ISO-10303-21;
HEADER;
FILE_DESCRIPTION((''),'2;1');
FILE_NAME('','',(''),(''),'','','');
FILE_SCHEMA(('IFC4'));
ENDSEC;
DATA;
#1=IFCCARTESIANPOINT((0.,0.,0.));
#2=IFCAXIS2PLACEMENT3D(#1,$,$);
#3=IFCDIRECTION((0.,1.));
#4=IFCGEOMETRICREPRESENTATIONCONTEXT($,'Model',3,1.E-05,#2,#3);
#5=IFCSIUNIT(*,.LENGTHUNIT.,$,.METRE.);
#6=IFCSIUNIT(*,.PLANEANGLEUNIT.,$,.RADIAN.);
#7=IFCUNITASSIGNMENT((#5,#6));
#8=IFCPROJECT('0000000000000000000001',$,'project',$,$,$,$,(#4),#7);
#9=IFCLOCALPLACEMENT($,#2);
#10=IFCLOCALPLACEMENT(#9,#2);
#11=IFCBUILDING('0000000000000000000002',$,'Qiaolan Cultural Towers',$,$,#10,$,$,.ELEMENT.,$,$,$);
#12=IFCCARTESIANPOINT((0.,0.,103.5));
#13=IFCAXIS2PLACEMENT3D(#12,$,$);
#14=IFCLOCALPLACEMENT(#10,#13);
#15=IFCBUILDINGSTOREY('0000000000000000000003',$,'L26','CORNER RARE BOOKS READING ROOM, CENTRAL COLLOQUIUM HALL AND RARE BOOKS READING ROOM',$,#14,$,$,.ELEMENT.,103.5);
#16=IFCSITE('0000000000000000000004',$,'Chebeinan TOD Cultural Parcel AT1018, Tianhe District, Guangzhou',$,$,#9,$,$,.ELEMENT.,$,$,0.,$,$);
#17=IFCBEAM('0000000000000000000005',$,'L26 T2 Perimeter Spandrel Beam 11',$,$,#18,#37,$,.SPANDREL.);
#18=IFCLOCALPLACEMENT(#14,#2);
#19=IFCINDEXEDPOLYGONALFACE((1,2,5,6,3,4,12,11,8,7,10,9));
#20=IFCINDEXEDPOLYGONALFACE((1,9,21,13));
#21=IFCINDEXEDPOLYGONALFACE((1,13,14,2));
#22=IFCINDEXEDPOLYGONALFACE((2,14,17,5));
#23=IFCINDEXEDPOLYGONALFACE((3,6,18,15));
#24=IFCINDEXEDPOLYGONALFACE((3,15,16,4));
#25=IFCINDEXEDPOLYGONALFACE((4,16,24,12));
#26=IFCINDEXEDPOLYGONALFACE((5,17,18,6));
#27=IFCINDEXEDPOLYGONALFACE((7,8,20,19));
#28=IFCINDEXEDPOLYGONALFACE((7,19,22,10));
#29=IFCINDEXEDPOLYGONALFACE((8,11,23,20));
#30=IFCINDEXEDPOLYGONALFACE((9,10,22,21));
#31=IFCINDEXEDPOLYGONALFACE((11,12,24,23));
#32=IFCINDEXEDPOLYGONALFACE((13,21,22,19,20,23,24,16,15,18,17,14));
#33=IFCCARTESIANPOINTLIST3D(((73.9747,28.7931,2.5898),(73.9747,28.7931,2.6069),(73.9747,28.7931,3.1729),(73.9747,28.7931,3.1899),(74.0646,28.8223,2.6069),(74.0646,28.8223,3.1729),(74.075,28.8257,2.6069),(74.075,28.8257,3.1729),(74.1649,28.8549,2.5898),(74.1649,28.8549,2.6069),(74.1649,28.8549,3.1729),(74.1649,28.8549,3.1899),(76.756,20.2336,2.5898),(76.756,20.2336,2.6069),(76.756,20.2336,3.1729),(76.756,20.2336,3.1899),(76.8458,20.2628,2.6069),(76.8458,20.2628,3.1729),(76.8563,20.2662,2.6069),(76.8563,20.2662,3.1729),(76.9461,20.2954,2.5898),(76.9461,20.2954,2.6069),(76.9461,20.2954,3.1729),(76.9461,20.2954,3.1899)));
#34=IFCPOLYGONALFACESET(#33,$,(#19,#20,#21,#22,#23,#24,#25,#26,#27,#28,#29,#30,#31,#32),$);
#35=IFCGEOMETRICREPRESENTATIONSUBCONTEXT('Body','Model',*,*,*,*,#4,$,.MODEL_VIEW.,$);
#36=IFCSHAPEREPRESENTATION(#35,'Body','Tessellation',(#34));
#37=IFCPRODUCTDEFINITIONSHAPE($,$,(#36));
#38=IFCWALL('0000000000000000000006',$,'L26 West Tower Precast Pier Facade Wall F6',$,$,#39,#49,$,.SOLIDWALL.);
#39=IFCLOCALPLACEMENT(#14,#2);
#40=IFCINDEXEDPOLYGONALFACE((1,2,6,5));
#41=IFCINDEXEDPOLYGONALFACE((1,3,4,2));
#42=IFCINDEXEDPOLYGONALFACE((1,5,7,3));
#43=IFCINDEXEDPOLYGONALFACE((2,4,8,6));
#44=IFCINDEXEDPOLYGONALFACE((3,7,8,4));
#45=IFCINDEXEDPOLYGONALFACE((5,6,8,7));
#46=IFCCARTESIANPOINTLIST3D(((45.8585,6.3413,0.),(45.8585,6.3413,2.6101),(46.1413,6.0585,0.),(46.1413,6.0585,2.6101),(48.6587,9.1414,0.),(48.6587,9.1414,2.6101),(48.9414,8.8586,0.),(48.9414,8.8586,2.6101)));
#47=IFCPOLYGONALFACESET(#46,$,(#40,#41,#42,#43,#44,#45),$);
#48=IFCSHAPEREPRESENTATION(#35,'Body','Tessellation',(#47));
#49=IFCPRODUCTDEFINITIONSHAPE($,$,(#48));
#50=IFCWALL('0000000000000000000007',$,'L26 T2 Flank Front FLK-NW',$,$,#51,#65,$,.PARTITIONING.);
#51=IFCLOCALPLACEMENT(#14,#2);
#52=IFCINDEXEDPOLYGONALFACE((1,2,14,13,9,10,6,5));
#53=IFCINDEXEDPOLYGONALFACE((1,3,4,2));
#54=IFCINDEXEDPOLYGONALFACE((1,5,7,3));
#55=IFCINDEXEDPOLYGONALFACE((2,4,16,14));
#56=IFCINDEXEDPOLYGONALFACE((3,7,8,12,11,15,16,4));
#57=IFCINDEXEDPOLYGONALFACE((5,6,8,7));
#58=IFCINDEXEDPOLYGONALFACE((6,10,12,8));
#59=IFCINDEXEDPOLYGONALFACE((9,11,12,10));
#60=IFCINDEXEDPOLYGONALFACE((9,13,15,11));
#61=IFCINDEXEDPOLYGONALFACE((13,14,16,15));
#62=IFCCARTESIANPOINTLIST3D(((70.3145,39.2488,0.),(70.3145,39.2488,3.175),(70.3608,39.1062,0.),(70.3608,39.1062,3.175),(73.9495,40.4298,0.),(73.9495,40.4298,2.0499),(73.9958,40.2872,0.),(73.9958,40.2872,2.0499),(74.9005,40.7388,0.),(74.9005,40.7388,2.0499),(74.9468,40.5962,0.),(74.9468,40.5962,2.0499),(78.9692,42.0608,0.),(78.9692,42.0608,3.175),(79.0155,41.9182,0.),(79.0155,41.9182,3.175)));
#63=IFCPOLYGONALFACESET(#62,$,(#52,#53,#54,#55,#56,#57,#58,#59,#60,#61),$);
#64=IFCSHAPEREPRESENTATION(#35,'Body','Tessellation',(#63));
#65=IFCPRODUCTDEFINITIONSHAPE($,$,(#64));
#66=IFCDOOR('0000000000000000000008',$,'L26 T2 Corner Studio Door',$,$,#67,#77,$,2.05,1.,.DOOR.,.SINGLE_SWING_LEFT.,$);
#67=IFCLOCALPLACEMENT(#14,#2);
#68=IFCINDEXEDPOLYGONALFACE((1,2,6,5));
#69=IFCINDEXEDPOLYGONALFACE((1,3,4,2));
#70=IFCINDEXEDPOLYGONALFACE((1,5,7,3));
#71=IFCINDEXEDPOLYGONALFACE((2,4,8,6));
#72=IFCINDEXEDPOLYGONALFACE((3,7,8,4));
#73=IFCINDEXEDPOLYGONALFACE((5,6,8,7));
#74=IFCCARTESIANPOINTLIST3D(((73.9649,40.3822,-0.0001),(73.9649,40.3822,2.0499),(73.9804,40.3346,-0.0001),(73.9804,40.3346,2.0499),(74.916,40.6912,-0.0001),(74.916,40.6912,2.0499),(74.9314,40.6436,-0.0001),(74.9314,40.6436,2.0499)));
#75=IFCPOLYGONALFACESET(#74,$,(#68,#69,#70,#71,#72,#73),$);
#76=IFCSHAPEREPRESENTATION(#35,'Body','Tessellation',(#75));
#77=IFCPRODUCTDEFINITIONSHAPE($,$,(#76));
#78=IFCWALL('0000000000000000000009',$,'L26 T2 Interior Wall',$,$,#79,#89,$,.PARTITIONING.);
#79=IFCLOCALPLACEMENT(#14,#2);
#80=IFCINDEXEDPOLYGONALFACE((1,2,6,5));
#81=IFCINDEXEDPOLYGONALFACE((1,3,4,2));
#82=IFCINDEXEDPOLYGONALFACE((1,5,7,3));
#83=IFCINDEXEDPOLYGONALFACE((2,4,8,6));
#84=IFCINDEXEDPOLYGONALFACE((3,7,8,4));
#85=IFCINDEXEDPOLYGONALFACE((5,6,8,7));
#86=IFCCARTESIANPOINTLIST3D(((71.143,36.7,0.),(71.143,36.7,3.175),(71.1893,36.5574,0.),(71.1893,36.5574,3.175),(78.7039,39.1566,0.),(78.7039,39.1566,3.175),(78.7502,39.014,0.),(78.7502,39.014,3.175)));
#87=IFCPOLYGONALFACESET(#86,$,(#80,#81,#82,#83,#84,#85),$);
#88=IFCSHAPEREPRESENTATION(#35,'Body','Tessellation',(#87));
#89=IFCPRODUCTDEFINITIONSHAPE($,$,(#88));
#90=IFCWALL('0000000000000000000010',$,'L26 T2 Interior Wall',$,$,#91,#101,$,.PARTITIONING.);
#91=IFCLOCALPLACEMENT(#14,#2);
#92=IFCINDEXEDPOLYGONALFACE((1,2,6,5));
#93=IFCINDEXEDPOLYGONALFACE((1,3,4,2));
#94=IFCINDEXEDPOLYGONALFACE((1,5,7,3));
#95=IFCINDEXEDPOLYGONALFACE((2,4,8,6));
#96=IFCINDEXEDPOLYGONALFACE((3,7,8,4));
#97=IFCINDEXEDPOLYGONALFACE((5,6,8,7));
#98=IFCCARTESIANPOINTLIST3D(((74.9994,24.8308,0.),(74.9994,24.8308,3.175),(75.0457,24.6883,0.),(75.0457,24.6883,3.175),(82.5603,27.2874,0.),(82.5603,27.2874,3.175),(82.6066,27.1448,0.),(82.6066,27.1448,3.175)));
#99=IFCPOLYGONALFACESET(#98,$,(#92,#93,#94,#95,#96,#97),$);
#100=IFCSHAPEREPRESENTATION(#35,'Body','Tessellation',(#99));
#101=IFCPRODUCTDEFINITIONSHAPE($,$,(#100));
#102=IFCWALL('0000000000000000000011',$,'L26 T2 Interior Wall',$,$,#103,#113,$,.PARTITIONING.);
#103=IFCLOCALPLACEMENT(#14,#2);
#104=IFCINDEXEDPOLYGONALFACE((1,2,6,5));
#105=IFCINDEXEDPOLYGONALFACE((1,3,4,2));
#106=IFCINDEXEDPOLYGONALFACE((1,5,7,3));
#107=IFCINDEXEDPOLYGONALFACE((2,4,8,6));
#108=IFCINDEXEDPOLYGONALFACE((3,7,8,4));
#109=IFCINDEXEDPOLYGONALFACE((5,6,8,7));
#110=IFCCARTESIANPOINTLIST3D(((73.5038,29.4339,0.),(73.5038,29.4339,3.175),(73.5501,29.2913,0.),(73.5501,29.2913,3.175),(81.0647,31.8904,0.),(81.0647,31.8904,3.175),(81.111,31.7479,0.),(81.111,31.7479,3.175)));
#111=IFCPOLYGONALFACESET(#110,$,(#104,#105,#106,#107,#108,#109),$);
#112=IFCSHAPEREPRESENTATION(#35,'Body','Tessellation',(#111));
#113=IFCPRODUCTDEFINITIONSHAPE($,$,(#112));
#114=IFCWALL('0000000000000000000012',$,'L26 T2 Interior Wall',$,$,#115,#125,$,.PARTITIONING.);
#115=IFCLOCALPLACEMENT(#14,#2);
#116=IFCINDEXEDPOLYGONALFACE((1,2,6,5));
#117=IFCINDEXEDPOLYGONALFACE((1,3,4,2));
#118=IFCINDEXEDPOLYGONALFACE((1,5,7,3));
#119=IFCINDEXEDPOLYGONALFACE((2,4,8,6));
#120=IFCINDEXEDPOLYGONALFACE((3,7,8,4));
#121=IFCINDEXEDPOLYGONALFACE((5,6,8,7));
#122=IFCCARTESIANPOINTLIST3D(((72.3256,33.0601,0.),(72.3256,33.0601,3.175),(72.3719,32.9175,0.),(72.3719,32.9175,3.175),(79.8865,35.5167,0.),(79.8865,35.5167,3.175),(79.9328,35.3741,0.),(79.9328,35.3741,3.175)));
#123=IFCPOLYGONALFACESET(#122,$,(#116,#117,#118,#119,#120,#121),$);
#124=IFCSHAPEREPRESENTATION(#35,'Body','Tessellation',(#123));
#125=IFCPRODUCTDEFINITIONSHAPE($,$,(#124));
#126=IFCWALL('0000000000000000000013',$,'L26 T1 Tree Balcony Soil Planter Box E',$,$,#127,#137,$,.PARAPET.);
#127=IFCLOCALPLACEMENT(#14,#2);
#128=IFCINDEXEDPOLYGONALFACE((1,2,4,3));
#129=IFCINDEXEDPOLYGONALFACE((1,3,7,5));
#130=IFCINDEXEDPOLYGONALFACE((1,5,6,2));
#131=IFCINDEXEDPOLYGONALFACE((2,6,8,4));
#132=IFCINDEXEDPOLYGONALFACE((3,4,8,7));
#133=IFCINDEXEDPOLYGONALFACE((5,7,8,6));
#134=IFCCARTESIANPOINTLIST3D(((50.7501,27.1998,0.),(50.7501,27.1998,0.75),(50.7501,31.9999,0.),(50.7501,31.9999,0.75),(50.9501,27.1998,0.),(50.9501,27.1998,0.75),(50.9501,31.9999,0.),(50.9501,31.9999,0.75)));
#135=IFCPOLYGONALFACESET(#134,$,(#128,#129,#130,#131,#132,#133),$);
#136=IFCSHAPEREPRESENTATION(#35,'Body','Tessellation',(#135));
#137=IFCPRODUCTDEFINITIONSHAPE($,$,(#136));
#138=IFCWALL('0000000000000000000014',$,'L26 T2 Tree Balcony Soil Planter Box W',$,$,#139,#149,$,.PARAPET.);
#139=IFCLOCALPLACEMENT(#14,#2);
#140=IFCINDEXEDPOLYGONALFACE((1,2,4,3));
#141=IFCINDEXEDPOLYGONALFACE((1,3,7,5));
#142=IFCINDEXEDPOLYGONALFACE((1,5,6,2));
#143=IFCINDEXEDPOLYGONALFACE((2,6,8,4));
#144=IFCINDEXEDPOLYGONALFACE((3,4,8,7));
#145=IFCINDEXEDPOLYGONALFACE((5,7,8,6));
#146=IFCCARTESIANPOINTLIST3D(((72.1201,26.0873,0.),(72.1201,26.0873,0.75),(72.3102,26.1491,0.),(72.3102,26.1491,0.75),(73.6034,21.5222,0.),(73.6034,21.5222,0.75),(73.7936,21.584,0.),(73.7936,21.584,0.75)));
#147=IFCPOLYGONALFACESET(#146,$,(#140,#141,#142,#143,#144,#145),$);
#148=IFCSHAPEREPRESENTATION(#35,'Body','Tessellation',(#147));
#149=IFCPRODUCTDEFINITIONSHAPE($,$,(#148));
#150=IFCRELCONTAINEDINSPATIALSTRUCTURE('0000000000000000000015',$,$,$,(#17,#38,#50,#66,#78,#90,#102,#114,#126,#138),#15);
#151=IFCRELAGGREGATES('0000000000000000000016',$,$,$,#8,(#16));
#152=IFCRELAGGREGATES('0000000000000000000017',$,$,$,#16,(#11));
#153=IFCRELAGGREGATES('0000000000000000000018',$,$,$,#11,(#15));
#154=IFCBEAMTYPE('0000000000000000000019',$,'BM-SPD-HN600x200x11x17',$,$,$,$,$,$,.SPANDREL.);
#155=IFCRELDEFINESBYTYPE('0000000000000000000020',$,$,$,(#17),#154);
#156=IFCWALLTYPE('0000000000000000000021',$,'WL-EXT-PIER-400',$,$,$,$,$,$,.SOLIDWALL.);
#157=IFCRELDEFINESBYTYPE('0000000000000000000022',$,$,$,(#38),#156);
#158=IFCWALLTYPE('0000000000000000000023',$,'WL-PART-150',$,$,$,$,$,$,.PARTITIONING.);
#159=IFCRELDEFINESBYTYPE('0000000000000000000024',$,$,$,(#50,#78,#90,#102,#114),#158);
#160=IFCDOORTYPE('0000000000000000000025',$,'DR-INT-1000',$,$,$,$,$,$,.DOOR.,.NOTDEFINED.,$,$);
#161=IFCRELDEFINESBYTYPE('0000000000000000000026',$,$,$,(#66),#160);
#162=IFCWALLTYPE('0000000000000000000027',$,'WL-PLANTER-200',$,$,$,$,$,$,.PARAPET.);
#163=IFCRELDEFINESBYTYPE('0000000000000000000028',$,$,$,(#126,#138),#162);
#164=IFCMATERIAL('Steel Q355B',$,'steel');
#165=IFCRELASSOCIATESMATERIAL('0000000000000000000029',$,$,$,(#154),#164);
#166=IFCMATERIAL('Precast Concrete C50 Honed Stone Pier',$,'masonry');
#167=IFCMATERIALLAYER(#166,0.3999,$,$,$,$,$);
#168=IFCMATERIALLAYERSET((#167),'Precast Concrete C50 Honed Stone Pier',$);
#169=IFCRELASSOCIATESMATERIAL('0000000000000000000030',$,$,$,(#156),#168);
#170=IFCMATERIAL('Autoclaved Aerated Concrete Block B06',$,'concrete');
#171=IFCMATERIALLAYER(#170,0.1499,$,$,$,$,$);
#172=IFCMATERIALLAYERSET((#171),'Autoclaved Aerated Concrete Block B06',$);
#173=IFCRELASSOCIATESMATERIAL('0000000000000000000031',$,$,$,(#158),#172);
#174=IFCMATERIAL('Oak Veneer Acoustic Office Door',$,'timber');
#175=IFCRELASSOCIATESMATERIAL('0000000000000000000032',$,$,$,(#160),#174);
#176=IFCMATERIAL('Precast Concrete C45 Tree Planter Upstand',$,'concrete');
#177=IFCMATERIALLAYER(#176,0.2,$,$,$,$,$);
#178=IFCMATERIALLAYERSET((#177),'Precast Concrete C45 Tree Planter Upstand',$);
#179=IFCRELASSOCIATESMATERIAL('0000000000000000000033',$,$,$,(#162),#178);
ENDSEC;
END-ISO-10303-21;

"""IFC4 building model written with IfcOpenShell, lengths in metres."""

from ifc_helpers import new_model, si_unit, direction, frame, frame_2d, origin, origin_2d, place, context, subcontext, project, spatial, rectangle, i_section, extrude, material, layer, layer_set, material_profile, profile_set, type_object, element, fill, save


model = new_model("IFC4")

# Units and contexts
model_context = context("Model", 3, precision=1e-05, world=origin(), true_north=direction((0.0, 1.0)))
body_context = subcontext(model_context, "Body", "Model", "MODEL_VIEW")
ifc_project = project(units=[si_unit("LENGTHUNIT", "METRE"), si_unit("PLANEANGLEUNIT", "RADIAN")], contexts=[model_context])

# Site, building, storey
site_placement = place(None, origin())
site = spatial("IfcSite", under=ifc_project, at=site_placement, Name="Chebeinan TOD Cultural Parcel AT1018, Tianhe District, Guangzhou", CompositionType="ELEMENT", RefElevation=0.0)
building_placement = place(site_placement, origin())
building = spatial("IfcBuilding", under=site, at=building_placement, Name="Qiaolan Cultural Towers", CompositionType="ELEMENT")
storey_placement = place(building_placement, frame((0.0, 0.0, 103.5)))
storey = spatial("IfcBuildingStorey", under=building, at=storey_placement, Name="L26", Description="CORNER RARE BOOKS READING ROOM, CENTRAL COLLOQUIUM HALL AND RARE BOOKS READING ROOM", CompositionType="ELEMENT", Elevation=103.5)

# Beam
ifc_material_1 = material(Name="Steel Q355B", Category="steel")
ifc_material_profile_1 = material_profile(ifc_material_1, i_section(OverallWidth=0.2, OverallDepth=0.6001, WebThickness=0.011, FlangeThickness=0.0171, at=origin_2d()), Name="HN600x200x11x17")
ifc_profile_set_1 = profile_set([ifc_material_profile_1], Name="Steel Q355B")
beam_type_1 = type_object("IfcBeamType", Name="BM-SPD-HN600x200x11x17", PredefinedType="SPANDREL", material=ifc_profile_set_1)
for number, where, z_axis, x_axis, name in (
    (1, (74.0698, 28.824, 2.8899), (0.309025, -0.951054, 0.0), (0.951054, 0.309025, 0.0), "L26 T2 Perimeter Spandrel Beam 11"),
):
    element("IfcBeam", number, at=place(storey_placement, frame(where, z_axis=z_axis, x_axis=x_axis)), inside=storey, type_object=beam_type_1, Name=name, PredefinedType="SPANDREL", context=body_context, shape_type="SweptSolid", body=[
        extrude(i_section(OverallWidth=0.2, OverallDepth=0.6001, WebThickness=0.011, FlangeThickness=0.0171, at=origin_2d()), origin(), (0.0, 0.0, 1.0), 9.0),
    ])

# Wall
ifc_material_2 = material(Name="Precast Concrete C50 Honed Stone Pier", Category="masonry")
ifc_layer_1 = layer(ifc_material_2, 0.3999)
ifc_layer_set_1 = layer_set([ifc_layer_1], Name="Precast Concrete C50 Honed Stone Pier")
wall_type_1 = type_object("IfcWallType", Name="WL-EXT-PIER-400", PredefinedType="SOLIDWALL", material=ifc_layer_set_1)
wall_1_placement = place(storey_placement, frame((48.8, 9.0, 0.0), z_axis=(0.0, 0.0, 1.0), x_axis=(-0.707107, -0.707107, 0.0)))
element("IfcWall", 2, at=wall_1_placement, inside=storey, type_object=wall_type_1, Name="L26 West Tower Precast Pier Facade Wall F6", PredefinedType="SOLIDWALL", context=body_context, shape_type="SweptSolid", body=[
    extrude(rectangle(XDim=3.96, YDim=0.3999, at=frame_2d((1.98, 0.0))), origin(), (0.0, 0.0, 1.0), 2.6101),
])

# Wall, opening, door
ifc_material_3 = material(Name="Autoclaved Aerated Concrete Block B06", Category="concrete")
ifc_layer_2 = layer(ifc_material_3, 0.1499)
ifc_layer_set_2 = layer_set([ifc_layer_2], Name="Autoclaved Aerated Concrete Block B06")
wall_type_2 = type_object("IfcWallType", Name="WL-PART-150", PredefinedType="PARTITIONING", material=ifc_layer_set_2)
wall_2_placement = place(storey_placement, frame((70.3376, 39.1775, 0.0), z_axis=(0.0, 0.0, 1.0), x_axis=(0.95106, 0.309007, 0.0)))
wall_2 = element("IfcWall", 3, at=wall_2_placement, inside=storey, type_object=wall_type_2, Name="L26 T2 Flank Front FLK-NW", PredefinedType="PARTITIONING", context=body_context, shape_type="SweptSolid", body=[
    extrude(rectangle(XDim=9.1001, YDim=0.1499, at=frame_2d((4.55, 0.0))), origin(), (0.0, 0.0, 1.0), 3.175),
])
opening_placement = place(wall_2_placement, frame((3.822, 0.0, 0.0)))
opening = element("IfcOpeningElement", 4, at=opening_placement, cuts=wall_2, PredefinedType="OPENING", context=body_context, shape_type="SweptSolid", body=[
    extrude(rectangle(XDim=1.0, YDim=2.05, at=frame_2d((0.5, 1.0249))), frame((0.0, 0.085, 0.0), z_axis=(0.0, -1.0, 0.0), x_axis=(1.0, 0.0, 0.0)), (0.0, 0.0, 1.0), 0.1699),
])
ifc_material_4 = material(Name="Oak Veneer Acoustic Office Door", Category="timber")
door_type = type_object("IfcDoorType", Name="DR-INT-1000", OperationType="NOTDEFINED", PredefinedType="DOOR", material=ifc_material_4)
door_placement = place(opening_placement, origin())
door = element("IfcDoor", 5, at=door_placement, inside=storey, type_object=door_type, Name="L26 T2 Corner Studio Door", OperationType="SINGLE_SWING_LEFT", OverallHeight=2.05, OverallWidth=1.0, PredefinedType="DOOR", context=body_context, shape_type="SweptSolid", body=[
    extrude(rectangle(XDim=1.0, YDim=2.05, at=frame_2d((0.5, 1.0249))), frame((0.0, 0.0249, 0.0), z_axis=(0.0, -1.0, 0.0), x_axis=(1.0, 0.0, 0.0)), (0.0, 0.0, 1.0), 0.05),
])
fill(opening, door)

# Walls
for number, where, z_axis, x_axis, name in (
    (6, (71.166, 36.6287, 0.0), (0.0, 0.0, 1.0), (0.95106, 0.309005, 0.0), "L26 T2 Interior Wall"),
    (7, (75.0225, 24.7595, 0.0), (0.0, 0.0, 1.0), (0.95106, 0.309005, 0.0), "L26 T2 Interior Wall"),
    (8, (73.5269, 29.3625, 0.0), (0.0, 0.0, 1.0), (0.95106, 0.309005, 0.0), "L26 T2 Interior Wall"),
    (9, (72.3486, 32.9888, 0.0), (0.0, 0.0, 1.0), (0.95106, 0.309005, 0.0), "L26 T2 Interior Wall"),
):
    element("IfcWall", number, at=place(storey_placement, frame(where, z_axis=z_axis, x_axis=x_axis)), inside=storey, type_object=wall_type_2, Name=name, PredefinedType="PARTITIONING", context=body_context, shape_type="SweptSolid", body=[
        extrude(rectangle(XDim=7.95, YDim=0.1499, at=frame_2d((3.9751, 0.0))), origin(), (0.0, 0.0, 1.0), 3.175),
    ])
ifc_material_5 = material(Name="Precast Concrete C45 Tree Planter Upstand", Category="concrete")
ifc_layer_3 = layer(ifc_material_5, 0.2)
ifc_layer_set_3 = layer_set([ifc_layer_3], Name="Precast Concrete C45 Tree Planter Upstand")
wall_type_3 = type_object("IfcWallType", Name="WL-PLANTER-200", PredefinedType="PARAPET", material=ifc_layer_set_3)
for number, where, z_axis, x_axis, name in (
    (10, (50.8501, 27.2, 0.0), (0.0, 0.0, 1.0), (0.0, 1.0, 0.0), "L26 T1 Tree Balcony Soil Planter Box E"),
    (11, (73.6985, 21.5532, 0.0), (0.0, 0.0, 1.0), (-0.309032, 0.951052, 0.0), "L26 T2 Tree Balcony Soil Planter Box W"),
):
    element("IfcWall", number, at=place(storey_placement, frame(where, z_axis=z_axis, x_axis=x_axis)), inside=storey, type_object=wall_type_3, Name=name, PredefinedType="PARAPET", context=body_context, shape_type="SweptSolid", body=[
        extrude(rectangle(XDim=4.8, YDim=0.2, at=frame_2d((2.3999, 0.0))), origin(), (0.0, 0.0, 1.0), 0.75),
    ])

save(model, "model.ifc")
